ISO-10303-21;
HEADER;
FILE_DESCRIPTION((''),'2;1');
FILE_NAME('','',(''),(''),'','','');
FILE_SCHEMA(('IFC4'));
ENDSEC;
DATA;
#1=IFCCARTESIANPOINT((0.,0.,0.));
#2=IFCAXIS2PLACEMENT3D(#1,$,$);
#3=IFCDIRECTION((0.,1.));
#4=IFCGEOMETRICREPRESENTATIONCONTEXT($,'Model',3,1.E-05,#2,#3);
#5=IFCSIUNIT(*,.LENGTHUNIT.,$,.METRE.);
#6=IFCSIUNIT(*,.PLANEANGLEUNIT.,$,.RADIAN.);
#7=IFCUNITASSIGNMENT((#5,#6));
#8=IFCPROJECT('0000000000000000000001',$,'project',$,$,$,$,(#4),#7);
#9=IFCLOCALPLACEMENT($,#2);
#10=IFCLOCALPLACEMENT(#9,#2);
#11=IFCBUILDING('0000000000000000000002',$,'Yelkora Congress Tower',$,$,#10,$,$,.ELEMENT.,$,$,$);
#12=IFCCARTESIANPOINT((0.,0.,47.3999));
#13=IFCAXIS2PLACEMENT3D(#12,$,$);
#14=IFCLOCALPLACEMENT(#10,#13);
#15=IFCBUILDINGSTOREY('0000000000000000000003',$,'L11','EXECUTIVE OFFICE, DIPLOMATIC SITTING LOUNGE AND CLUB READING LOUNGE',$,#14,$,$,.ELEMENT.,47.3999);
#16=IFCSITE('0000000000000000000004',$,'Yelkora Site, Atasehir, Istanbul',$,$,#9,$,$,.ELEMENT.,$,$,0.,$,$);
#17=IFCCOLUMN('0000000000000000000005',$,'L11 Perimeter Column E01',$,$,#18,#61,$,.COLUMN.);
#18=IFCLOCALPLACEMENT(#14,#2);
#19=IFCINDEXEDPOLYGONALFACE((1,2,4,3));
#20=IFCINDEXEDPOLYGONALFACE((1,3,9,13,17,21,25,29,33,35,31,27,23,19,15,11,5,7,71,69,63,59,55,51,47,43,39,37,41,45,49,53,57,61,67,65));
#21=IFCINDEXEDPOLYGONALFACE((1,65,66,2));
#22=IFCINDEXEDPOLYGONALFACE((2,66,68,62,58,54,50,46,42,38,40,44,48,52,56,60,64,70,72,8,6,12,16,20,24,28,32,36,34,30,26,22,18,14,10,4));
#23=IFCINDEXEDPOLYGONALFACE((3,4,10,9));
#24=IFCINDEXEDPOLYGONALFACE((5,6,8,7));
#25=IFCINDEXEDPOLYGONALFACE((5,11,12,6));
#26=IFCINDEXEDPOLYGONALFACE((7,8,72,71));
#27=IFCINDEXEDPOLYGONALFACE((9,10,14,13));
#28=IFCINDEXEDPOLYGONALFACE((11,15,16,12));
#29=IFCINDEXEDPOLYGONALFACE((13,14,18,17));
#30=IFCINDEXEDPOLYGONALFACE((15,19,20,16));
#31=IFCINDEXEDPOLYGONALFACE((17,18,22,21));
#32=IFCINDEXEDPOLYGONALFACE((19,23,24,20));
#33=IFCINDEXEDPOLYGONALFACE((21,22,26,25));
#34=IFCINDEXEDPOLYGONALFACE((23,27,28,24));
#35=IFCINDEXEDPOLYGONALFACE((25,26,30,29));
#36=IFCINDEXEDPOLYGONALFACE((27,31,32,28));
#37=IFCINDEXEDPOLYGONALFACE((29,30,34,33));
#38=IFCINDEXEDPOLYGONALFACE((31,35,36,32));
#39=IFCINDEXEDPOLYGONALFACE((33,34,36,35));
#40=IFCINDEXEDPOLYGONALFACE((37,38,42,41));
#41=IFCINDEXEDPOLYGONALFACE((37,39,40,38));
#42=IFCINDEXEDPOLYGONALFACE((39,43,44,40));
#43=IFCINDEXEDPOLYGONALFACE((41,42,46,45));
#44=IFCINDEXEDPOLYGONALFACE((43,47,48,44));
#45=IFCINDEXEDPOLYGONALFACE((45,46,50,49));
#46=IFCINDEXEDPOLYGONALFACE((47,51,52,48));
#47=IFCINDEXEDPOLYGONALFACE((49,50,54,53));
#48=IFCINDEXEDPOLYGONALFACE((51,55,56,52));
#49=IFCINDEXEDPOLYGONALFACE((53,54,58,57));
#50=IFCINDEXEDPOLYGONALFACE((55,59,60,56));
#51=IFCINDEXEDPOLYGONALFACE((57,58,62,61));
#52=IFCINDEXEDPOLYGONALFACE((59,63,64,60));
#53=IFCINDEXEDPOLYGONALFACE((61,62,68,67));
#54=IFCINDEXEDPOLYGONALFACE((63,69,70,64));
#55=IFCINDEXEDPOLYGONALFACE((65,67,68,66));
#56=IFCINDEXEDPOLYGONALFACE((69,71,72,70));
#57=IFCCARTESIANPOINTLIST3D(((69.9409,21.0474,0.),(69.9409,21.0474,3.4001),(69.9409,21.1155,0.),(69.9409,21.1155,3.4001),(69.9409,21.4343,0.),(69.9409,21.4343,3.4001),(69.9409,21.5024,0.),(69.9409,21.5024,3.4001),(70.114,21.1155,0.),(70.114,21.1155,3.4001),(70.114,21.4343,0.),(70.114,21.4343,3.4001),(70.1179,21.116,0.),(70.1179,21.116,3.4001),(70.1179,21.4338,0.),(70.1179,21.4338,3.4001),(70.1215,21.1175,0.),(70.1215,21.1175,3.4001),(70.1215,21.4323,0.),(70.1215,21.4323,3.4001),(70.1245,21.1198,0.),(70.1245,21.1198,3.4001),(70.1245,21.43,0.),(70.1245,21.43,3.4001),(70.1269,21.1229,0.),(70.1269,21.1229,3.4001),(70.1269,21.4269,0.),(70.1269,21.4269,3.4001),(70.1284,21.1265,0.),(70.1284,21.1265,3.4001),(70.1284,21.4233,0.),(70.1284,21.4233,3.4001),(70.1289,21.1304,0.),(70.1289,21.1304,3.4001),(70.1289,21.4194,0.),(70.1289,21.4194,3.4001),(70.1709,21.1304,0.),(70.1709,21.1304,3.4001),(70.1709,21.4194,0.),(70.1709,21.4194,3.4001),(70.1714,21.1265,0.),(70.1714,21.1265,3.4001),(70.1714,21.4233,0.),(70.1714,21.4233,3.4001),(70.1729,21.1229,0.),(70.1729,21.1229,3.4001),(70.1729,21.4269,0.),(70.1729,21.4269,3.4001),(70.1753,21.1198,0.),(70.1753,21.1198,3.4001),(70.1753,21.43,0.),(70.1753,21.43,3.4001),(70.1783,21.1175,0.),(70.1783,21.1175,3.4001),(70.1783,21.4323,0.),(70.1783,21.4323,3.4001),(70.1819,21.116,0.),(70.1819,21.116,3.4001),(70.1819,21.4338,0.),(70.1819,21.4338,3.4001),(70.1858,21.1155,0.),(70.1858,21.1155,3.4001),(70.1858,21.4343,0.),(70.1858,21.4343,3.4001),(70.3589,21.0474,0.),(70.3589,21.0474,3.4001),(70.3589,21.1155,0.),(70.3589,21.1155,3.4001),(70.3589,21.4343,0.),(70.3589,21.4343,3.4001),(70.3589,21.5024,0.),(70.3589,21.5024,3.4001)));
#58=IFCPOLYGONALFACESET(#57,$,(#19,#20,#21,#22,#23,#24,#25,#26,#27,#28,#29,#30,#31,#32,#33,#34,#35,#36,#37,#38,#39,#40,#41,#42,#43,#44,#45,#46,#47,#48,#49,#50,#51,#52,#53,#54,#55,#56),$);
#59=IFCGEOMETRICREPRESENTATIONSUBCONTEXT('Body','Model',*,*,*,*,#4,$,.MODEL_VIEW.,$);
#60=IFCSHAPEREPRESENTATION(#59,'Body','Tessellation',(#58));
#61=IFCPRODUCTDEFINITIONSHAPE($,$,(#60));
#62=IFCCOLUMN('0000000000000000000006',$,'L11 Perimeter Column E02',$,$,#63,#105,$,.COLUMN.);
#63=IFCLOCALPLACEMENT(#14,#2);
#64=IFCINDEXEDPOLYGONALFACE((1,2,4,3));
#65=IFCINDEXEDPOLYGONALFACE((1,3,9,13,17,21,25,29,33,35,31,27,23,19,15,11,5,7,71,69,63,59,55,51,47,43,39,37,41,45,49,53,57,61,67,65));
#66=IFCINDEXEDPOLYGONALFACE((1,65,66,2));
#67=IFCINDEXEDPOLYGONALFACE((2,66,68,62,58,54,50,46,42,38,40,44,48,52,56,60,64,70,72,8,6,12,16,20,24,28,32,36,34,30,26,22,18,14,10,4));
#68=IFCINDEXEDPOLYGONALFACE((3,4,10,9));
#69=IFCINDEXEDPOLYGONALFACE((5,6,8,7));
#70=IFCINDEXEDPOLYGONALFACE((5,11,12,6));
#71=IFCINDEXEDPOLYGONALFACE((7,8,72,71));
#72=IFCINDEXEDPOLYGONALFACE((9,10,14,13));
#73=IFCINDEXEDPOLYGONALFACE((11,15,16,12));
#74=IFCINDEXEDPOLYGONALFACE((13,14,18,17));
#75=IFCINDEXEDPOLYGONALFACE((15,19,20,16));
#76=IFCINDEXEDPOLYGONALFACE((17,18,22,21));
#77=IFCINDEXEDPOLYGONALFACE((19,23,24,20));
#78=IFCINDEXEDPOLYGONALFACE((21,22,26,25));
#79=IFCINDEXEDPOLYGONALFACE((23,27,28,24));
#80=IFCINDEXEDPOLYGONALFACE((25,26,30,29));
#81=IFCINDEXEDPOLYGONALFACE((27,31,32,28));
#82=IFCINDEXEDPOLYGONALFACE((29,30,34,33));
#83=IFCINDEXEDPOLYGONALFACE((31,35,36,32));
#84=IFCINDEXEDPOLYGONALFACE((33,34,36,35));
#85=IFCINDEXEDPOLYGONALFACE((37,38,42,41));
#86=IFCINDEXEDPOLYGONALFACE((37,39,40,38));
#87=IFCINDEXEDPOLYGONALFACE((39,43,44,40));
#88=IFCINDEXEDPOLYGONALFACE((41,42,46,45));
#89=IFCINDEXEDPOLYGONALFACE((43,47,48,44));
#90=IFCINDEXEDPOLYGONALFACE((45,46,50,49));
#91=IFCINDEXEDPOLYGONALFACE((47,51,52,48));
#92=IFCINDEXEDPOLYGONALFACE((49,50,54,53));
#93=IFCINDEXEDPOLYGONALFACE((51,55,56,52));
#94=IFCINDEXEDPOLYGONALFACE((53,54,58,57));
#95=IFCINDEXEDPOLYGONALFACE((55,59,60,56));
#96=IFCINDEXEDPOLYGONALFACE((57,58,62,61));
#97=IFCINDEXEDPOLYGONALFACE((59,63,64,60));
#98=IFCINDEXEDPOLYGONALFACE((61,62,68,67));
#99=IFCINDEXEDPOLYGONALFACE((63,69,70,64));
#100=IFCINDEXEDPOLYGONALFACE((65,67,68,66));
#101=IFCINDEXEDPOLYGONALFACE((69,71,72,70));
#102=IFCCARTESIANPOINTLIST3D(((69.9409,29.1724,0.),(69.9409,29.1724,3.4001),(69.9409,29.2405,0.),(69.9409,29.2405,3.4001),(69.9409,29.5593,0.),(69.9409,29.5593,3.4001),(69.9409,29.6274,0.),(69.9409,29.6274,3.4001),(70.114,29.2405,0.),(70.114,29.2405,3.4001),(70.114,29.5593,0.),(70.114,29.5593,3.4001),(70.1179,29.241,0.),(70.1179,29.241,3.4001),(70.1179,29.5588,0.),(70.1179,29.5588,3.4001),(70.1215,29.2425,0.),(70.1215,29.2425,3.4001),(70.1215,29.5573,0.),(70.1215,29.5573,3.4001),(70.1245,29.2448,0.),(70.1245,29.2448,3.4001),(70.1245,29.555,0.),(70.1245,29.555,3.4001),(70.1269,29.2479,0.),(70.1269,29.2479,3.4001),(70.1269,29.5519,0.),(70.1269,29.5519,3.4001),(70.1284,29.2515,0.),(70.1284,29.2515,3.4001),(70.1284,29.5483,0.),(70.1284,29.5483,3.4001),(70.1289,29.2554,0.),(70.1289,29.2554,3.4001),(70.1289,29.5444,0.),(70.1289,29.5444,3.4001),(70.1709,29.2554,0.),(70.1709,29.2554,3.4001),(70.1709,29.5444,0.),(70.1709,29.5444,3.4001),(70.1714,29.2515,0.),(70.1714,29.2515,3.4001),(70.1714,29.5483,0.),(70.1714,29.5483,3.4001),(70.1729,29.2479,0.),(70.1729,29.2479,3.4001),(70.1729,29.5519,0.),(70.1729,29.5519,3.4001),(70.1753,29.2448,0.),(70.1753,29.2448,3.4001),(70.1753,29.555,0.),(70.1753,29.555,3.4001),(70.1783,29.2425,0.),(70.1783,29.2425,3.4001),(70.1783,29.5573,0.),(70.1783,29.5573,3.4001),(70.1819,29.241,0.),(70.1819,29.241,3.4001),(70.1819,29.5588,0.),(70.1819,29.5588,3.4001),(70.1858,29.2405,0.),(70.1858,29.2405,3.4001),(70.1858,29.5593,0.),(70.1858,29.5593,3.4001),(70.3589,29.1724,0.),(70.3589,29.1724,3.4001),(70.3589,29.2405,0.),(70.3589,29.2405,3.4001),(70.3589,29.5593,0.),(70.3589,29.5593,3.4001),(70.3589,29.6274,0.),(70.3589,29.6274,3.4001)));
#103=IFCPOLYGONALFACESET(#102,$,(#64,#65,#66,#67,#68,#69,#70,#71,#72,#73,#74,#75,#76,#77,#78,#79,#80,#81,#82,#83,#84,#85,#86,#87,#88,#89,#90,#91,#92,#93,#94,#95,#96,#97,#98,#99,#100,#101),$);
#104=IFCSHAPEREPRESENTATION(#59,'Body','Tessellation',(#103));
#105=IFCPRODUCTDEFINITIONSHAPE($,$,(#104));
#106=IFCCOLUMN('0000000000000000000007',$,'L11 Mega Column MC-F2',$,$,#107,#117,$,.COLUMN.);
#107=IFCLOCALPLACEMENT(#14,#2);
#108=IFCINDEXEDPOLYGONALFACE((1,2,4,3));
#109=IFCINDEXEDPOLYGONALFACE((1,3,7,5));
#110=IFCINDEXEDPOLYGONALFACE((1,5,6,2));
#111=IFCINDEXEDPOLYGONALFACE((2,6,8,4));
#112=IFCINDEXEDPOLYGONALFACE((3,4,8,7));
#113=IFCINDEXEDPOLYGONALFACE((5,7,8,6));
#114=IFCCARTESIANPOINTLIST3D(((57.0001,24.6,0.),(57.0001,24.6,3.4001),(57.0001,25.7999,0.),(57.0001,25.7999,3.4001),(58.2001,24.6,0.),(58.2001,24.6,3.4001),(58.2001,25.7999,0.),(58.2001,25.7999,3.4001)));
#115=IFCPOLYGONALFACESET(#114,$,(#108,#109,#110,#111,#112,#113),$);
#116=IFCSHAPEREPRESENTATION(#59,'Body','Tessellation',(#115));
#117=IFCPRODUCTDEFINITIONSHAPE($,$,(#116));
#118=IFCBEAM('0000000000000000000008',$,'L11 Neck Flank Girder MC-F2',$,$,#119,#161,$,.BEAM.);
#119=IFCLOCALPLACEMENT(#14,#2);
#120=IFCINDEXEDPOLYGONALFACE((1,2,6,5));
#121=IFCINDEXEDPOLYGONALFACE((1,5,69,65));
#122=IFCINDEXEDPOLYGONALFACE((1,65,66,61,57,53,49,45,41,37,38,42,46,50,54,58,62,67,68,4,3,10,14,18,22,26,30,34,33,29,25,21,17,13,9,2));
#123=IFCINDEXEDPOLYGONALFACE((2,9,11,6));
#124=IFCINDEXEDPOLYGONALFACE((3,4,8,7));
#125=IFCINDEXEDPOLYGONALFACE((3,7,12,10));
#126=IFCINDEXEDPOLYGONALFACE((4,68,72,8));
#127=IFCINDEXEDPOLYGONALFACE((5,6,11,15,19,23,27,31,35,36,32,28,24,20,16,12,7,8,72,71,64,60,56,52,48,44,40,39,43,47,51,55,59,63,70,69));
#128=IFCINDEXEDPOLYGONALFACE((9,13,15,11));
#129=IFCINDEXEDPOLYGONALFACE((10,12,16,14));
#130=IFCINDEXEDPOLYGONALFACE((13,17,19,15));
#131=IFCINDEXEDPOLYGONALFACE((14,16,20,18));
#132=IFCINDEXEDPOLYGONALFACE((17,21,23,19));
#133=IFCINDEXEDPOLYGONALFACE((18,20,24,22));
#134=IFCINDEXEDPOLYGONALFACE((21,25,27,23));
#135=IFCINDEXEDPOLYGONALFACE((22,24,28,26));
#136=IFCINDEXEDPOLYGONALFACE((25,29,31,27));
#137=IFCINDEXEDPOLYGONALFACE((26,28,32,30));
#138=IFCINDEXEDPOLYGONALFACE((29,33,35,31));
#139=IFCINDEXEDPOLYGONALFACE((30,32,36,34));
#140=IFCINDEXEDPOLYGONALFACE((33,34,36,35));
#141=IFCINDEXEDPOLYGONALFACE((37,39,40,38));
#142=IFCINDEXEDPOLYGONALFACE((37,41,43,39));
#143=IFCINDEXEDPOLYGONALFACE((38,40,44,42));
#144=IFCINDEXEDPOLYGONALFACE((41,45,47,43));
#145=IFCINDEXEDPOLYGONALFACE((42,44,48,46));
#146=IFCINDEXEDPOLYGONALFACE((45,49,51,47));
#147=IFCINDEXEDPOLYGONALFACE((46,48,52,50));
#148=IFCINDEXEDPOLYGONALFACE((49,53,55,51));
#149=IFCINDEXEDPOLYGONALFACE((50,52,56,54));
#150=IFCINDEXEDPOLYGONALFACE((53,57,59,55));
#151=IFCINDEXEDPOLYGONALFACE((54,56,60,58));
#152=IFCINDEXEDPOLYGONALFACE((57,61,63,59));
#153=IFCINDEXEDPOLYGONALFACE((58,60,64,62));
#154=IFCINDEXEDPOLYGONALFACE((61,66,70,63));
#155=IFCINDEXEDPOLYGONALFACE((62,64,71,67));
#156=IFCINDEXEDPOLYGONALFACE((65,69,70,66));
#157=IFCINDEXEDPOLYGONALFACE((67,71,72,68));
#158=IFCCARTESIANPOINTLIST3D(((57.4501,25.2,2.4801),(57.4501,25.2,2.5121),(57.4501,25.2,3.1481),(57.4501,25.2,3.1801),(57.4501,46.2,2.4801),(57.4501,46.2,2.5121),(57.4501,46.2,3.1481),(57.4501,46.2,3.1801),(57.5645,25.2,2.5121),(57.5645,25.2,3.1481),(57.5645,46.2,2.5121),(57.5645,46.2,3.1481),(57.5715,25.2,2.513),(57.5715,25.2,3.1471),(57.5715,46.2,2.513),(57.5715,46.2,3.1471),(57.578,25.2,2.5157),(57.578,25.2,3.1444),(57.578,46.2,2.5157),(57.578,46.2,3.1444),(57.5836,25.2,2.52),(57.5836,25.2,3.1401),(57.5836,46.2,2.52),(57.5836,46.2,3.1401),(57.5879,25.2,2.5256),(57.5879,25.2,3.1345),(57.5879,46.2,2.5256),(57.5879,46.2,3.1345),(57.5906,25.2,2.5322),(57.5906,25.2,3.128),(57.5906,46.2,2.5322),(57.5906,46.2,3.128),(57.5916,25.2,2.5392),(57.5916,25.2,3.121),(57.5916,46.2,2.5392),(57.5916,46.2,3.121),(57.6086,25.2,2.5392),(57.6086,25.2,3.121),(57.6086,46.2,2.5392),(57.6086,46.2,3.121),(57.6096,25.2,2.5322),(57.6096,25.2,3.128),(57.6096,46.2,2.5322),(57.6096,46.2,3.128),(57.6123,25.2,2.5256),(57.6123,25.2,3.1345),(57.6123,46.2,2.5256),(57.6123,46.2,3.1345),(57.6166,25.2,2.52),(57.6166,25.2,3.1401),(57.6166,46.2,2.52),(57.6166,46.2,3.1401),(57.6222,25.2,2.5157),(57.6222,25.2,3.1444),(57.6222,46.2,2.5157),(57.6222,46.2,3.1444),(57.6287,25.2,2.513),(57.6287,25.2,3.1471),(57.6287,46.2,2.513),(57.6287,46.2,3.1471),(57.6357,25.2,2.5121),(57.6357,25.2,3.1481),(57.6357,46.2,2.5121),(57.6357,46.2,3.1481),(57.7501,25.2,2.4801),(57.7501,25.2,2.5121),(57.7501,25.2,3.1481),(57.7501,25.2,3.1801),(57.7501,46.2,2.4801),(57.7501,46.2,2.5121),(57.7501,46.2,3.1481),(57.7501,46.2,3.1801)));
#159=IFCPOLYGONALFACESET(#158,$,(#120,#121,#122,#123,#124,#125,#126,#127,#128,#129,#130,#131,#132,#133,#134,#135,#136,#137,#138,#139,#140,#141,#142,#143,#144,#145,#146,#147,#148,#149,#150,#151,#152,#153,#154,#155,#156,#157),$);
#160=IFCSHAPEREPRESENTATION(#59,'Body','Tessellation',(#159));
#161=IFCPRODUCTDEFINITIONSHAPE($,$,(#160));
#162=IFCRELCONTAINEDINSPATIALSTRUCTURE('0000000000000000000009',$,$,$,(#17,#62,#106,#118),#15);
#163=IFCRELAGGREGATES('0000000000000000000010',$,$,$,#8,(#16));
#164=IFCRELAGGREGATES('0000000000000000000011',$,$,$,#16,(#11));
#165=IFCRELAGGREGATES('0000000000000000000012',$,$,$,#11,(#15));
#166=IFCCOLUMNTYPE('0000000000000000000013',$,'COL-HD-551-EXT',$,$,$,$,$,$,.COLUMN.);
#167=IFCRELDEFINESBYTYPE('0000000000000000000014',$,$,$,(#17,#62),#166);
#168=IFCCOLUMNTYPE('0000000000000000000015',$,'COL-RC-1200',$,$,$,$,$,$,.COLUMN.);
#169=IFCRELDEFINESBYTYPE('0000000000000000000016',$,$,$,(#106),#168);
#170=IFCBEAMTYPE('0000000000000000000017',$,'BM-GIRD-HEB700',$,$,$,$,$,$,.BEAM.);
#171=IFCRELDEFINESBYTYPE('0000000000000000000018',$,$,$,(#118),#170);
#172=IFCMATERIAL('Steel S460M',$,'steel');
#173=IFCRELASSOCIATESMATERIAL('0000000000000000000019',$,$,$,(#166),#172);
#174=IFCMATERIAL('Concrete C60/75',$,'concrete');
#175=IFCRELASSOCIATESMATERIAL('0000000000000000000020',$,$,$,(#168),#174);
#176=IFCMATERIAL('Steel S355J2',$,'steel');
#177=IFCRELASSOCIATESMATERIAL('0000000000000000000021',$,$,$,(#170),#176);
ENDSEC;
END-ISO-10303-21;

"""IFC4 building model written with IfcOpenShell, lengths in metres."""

from ifc_helpers import new_model, si_unit, direction, frame, origin, origin_2d, place, context, subcontext, project, spatial, rectangle, i_section, extrude, material, material_profile, profile_set, type_object, element, save


model = new_model("IFC4")

# Units and contexts
model_context = context("Model", 3, precision=1e-05, world=origin(), true_north=direction((0.0, 1.0)))
body_context = subcontext(model_context, "Body", "Model", "MODEL_VIEW")
ifc_project = project(units=[si_unit("LENGTHUNIT", "METRE"), si_unit("PLANEANGLEUNIT", "RADIAN")], contexts=[model_context])

# Site, building, storey
site_placement = place(None, origin())
site = spatial("IfcSite", under=ifc_project, at=site_placement, Name="Yelkora Site, Atasehir, Istanbul", CompositionType="ELEMENT", RefElevation=0.0)
building_placement = place(site_placement, origin())
building = spatial("IfcBuilding", under=site, at=building_placement, Name="Yelkora Congress Tower", CompositionType="ELEMENT")
storey_placement = place(building_placement, frame((0.0, 0.0, 47.3999)))
storey = spatial("IfcBuildingStorey", under=building, at=storey_placement, Name="L11", Description="EXECUTIVE OFFICE, DIPLOMATIC SITTING LOUNGE AND CLUB READING LOUNGE", CompositionType="ELEMENT", Elevation=47.3999)

# Columns
ifc_material_1 = material(Name="Steel S460M", Category="steel")
ifc_material_profile_1 = material_profile(ifc_material_1, i_section(OverallWidth=0.418, OverallDepth=0.4551, WebThickness=0.042, FlangeThickness=0.0681, FilletRadius=0.0149, at=origin_2d()), Name="HD 400x551")
ifc_profile_set_1 = profile_set([ifc_material_profile_1], Name="Steel S460M")
column_type_1 = type_object("IfcColumnType", Name="COL-HD-551-EXT", PredefinedType="COLUMN", material=ifc_profile_set_1)
for number, where, z_axis, x_axis, name in (
    (1, (70.1499, 21.2749, 0.0), (0.0, 0.0, 1.0), (1.0, 0.0, 0.0), "L11 Perimeter Column E01"),
    (2, (70.1499, 29.3999, 0.0), (0.0, 0.0, 1.0), (1.0, 0.0, 0.0), "L11 Perimeter Column E02"),
):
    element("IfcColumn", number, at=place(storey_placement, frame(where, z_axis=z_axis, x_axis=x_axis)), inside=storey, type_object=column_type_1, Name=name, PredefinedType="COLUMN", context=body_context, shape_type="SweptSolid", body=[
        extrude(i_section(OverallWidth=0.418, OverallDepth=0.4551, WebThickness=0.042, FlangeThickness=0.0681, FilletRadius=0.0149, at=origin_2d()), origin(), (0.0, 0.0, 1.0), 3.4001),
    ])
ifc_material_2 = material(Name="Concrete C60/75", Category="concrete")
ifc_material_profile_2 = material_profile(ifc_material_2, rectangle(XDim=1.2, YDim=1.2, at=origin_2d()), Name="RC 1200x1200")
ifc_profile_set_2 = profile_set([ifc_material_profile_2], Name="Concrete C60/75")
column_type_2 = type_object("IfcColumnType", Name="COL-RC-1200", PredefinedType="COLUMN", material=ifc_profile_set_2)
column_placement = place(storey_placement, frame((57.6001, 25.2, 0.0), z_axis=(0.0, 0.0, 1.0), x_axis=(1.0, 0.0, 0.0)))
element("IfcColumn", 3, at=column_placement, inside=storey, type_object=column_type_2, Name="L11 Mega Column MC-F2", PredefinedType="COLUMN", context=body_context, shape_type="SweptSolid", body=[
    extrude(rectangle(XDim=1.2, YDim=1.2, at=origin_2d()), origin(), (0.0, 0.0, 1.0), 3.4001),
])

# Beam
ifc_material_3 = material(Name="Steel S355J2", Category="steel")
ifc_material_profile_3 = material_profile(ifc_material_3, i_section(OverallWidth=0.3, OverallDepth=0.7, WebThickness=0.0171, FlangeThickness=0.032, FilletRadius=0.0271, at=origin_2d()), Name="HEB 700")
ifc_profile_set_3 = profile_set([ifc_material_profile_3], Name="Steel S355J2")
beam_type_1 = type_object("IfcBeamType", Name="BM-GIRD-HEB700", PredefinedType="BEAM", material=ifc_profile_set_3)
beam_1_placement = place(storey_placement, frame((57.6001, 25.2, 2.8301), z_axis=(0.0, 1.0, 0.0), x_axis=(-1.0, 0.0, 0.0)))
element("IfcBeam", 4, at=beam_1_placement, inside=storey, type_object=beam_type_1, Name="L11 Neck Flank Girder MC-F2", PredefinedType="BEAM", context=body_context, shape_type="SweptSolid", body=[
    extrude(i_section(OverallWidth=0.3, OverallDepth=0.7, WebThickness=0.0171, FlangeThickness=0.032, FilletRadius=0.0271, at=origin_2d()), origin(), (0.0, 0.0, 1.0), 21.0),
])

save(model, "model.ifc")
